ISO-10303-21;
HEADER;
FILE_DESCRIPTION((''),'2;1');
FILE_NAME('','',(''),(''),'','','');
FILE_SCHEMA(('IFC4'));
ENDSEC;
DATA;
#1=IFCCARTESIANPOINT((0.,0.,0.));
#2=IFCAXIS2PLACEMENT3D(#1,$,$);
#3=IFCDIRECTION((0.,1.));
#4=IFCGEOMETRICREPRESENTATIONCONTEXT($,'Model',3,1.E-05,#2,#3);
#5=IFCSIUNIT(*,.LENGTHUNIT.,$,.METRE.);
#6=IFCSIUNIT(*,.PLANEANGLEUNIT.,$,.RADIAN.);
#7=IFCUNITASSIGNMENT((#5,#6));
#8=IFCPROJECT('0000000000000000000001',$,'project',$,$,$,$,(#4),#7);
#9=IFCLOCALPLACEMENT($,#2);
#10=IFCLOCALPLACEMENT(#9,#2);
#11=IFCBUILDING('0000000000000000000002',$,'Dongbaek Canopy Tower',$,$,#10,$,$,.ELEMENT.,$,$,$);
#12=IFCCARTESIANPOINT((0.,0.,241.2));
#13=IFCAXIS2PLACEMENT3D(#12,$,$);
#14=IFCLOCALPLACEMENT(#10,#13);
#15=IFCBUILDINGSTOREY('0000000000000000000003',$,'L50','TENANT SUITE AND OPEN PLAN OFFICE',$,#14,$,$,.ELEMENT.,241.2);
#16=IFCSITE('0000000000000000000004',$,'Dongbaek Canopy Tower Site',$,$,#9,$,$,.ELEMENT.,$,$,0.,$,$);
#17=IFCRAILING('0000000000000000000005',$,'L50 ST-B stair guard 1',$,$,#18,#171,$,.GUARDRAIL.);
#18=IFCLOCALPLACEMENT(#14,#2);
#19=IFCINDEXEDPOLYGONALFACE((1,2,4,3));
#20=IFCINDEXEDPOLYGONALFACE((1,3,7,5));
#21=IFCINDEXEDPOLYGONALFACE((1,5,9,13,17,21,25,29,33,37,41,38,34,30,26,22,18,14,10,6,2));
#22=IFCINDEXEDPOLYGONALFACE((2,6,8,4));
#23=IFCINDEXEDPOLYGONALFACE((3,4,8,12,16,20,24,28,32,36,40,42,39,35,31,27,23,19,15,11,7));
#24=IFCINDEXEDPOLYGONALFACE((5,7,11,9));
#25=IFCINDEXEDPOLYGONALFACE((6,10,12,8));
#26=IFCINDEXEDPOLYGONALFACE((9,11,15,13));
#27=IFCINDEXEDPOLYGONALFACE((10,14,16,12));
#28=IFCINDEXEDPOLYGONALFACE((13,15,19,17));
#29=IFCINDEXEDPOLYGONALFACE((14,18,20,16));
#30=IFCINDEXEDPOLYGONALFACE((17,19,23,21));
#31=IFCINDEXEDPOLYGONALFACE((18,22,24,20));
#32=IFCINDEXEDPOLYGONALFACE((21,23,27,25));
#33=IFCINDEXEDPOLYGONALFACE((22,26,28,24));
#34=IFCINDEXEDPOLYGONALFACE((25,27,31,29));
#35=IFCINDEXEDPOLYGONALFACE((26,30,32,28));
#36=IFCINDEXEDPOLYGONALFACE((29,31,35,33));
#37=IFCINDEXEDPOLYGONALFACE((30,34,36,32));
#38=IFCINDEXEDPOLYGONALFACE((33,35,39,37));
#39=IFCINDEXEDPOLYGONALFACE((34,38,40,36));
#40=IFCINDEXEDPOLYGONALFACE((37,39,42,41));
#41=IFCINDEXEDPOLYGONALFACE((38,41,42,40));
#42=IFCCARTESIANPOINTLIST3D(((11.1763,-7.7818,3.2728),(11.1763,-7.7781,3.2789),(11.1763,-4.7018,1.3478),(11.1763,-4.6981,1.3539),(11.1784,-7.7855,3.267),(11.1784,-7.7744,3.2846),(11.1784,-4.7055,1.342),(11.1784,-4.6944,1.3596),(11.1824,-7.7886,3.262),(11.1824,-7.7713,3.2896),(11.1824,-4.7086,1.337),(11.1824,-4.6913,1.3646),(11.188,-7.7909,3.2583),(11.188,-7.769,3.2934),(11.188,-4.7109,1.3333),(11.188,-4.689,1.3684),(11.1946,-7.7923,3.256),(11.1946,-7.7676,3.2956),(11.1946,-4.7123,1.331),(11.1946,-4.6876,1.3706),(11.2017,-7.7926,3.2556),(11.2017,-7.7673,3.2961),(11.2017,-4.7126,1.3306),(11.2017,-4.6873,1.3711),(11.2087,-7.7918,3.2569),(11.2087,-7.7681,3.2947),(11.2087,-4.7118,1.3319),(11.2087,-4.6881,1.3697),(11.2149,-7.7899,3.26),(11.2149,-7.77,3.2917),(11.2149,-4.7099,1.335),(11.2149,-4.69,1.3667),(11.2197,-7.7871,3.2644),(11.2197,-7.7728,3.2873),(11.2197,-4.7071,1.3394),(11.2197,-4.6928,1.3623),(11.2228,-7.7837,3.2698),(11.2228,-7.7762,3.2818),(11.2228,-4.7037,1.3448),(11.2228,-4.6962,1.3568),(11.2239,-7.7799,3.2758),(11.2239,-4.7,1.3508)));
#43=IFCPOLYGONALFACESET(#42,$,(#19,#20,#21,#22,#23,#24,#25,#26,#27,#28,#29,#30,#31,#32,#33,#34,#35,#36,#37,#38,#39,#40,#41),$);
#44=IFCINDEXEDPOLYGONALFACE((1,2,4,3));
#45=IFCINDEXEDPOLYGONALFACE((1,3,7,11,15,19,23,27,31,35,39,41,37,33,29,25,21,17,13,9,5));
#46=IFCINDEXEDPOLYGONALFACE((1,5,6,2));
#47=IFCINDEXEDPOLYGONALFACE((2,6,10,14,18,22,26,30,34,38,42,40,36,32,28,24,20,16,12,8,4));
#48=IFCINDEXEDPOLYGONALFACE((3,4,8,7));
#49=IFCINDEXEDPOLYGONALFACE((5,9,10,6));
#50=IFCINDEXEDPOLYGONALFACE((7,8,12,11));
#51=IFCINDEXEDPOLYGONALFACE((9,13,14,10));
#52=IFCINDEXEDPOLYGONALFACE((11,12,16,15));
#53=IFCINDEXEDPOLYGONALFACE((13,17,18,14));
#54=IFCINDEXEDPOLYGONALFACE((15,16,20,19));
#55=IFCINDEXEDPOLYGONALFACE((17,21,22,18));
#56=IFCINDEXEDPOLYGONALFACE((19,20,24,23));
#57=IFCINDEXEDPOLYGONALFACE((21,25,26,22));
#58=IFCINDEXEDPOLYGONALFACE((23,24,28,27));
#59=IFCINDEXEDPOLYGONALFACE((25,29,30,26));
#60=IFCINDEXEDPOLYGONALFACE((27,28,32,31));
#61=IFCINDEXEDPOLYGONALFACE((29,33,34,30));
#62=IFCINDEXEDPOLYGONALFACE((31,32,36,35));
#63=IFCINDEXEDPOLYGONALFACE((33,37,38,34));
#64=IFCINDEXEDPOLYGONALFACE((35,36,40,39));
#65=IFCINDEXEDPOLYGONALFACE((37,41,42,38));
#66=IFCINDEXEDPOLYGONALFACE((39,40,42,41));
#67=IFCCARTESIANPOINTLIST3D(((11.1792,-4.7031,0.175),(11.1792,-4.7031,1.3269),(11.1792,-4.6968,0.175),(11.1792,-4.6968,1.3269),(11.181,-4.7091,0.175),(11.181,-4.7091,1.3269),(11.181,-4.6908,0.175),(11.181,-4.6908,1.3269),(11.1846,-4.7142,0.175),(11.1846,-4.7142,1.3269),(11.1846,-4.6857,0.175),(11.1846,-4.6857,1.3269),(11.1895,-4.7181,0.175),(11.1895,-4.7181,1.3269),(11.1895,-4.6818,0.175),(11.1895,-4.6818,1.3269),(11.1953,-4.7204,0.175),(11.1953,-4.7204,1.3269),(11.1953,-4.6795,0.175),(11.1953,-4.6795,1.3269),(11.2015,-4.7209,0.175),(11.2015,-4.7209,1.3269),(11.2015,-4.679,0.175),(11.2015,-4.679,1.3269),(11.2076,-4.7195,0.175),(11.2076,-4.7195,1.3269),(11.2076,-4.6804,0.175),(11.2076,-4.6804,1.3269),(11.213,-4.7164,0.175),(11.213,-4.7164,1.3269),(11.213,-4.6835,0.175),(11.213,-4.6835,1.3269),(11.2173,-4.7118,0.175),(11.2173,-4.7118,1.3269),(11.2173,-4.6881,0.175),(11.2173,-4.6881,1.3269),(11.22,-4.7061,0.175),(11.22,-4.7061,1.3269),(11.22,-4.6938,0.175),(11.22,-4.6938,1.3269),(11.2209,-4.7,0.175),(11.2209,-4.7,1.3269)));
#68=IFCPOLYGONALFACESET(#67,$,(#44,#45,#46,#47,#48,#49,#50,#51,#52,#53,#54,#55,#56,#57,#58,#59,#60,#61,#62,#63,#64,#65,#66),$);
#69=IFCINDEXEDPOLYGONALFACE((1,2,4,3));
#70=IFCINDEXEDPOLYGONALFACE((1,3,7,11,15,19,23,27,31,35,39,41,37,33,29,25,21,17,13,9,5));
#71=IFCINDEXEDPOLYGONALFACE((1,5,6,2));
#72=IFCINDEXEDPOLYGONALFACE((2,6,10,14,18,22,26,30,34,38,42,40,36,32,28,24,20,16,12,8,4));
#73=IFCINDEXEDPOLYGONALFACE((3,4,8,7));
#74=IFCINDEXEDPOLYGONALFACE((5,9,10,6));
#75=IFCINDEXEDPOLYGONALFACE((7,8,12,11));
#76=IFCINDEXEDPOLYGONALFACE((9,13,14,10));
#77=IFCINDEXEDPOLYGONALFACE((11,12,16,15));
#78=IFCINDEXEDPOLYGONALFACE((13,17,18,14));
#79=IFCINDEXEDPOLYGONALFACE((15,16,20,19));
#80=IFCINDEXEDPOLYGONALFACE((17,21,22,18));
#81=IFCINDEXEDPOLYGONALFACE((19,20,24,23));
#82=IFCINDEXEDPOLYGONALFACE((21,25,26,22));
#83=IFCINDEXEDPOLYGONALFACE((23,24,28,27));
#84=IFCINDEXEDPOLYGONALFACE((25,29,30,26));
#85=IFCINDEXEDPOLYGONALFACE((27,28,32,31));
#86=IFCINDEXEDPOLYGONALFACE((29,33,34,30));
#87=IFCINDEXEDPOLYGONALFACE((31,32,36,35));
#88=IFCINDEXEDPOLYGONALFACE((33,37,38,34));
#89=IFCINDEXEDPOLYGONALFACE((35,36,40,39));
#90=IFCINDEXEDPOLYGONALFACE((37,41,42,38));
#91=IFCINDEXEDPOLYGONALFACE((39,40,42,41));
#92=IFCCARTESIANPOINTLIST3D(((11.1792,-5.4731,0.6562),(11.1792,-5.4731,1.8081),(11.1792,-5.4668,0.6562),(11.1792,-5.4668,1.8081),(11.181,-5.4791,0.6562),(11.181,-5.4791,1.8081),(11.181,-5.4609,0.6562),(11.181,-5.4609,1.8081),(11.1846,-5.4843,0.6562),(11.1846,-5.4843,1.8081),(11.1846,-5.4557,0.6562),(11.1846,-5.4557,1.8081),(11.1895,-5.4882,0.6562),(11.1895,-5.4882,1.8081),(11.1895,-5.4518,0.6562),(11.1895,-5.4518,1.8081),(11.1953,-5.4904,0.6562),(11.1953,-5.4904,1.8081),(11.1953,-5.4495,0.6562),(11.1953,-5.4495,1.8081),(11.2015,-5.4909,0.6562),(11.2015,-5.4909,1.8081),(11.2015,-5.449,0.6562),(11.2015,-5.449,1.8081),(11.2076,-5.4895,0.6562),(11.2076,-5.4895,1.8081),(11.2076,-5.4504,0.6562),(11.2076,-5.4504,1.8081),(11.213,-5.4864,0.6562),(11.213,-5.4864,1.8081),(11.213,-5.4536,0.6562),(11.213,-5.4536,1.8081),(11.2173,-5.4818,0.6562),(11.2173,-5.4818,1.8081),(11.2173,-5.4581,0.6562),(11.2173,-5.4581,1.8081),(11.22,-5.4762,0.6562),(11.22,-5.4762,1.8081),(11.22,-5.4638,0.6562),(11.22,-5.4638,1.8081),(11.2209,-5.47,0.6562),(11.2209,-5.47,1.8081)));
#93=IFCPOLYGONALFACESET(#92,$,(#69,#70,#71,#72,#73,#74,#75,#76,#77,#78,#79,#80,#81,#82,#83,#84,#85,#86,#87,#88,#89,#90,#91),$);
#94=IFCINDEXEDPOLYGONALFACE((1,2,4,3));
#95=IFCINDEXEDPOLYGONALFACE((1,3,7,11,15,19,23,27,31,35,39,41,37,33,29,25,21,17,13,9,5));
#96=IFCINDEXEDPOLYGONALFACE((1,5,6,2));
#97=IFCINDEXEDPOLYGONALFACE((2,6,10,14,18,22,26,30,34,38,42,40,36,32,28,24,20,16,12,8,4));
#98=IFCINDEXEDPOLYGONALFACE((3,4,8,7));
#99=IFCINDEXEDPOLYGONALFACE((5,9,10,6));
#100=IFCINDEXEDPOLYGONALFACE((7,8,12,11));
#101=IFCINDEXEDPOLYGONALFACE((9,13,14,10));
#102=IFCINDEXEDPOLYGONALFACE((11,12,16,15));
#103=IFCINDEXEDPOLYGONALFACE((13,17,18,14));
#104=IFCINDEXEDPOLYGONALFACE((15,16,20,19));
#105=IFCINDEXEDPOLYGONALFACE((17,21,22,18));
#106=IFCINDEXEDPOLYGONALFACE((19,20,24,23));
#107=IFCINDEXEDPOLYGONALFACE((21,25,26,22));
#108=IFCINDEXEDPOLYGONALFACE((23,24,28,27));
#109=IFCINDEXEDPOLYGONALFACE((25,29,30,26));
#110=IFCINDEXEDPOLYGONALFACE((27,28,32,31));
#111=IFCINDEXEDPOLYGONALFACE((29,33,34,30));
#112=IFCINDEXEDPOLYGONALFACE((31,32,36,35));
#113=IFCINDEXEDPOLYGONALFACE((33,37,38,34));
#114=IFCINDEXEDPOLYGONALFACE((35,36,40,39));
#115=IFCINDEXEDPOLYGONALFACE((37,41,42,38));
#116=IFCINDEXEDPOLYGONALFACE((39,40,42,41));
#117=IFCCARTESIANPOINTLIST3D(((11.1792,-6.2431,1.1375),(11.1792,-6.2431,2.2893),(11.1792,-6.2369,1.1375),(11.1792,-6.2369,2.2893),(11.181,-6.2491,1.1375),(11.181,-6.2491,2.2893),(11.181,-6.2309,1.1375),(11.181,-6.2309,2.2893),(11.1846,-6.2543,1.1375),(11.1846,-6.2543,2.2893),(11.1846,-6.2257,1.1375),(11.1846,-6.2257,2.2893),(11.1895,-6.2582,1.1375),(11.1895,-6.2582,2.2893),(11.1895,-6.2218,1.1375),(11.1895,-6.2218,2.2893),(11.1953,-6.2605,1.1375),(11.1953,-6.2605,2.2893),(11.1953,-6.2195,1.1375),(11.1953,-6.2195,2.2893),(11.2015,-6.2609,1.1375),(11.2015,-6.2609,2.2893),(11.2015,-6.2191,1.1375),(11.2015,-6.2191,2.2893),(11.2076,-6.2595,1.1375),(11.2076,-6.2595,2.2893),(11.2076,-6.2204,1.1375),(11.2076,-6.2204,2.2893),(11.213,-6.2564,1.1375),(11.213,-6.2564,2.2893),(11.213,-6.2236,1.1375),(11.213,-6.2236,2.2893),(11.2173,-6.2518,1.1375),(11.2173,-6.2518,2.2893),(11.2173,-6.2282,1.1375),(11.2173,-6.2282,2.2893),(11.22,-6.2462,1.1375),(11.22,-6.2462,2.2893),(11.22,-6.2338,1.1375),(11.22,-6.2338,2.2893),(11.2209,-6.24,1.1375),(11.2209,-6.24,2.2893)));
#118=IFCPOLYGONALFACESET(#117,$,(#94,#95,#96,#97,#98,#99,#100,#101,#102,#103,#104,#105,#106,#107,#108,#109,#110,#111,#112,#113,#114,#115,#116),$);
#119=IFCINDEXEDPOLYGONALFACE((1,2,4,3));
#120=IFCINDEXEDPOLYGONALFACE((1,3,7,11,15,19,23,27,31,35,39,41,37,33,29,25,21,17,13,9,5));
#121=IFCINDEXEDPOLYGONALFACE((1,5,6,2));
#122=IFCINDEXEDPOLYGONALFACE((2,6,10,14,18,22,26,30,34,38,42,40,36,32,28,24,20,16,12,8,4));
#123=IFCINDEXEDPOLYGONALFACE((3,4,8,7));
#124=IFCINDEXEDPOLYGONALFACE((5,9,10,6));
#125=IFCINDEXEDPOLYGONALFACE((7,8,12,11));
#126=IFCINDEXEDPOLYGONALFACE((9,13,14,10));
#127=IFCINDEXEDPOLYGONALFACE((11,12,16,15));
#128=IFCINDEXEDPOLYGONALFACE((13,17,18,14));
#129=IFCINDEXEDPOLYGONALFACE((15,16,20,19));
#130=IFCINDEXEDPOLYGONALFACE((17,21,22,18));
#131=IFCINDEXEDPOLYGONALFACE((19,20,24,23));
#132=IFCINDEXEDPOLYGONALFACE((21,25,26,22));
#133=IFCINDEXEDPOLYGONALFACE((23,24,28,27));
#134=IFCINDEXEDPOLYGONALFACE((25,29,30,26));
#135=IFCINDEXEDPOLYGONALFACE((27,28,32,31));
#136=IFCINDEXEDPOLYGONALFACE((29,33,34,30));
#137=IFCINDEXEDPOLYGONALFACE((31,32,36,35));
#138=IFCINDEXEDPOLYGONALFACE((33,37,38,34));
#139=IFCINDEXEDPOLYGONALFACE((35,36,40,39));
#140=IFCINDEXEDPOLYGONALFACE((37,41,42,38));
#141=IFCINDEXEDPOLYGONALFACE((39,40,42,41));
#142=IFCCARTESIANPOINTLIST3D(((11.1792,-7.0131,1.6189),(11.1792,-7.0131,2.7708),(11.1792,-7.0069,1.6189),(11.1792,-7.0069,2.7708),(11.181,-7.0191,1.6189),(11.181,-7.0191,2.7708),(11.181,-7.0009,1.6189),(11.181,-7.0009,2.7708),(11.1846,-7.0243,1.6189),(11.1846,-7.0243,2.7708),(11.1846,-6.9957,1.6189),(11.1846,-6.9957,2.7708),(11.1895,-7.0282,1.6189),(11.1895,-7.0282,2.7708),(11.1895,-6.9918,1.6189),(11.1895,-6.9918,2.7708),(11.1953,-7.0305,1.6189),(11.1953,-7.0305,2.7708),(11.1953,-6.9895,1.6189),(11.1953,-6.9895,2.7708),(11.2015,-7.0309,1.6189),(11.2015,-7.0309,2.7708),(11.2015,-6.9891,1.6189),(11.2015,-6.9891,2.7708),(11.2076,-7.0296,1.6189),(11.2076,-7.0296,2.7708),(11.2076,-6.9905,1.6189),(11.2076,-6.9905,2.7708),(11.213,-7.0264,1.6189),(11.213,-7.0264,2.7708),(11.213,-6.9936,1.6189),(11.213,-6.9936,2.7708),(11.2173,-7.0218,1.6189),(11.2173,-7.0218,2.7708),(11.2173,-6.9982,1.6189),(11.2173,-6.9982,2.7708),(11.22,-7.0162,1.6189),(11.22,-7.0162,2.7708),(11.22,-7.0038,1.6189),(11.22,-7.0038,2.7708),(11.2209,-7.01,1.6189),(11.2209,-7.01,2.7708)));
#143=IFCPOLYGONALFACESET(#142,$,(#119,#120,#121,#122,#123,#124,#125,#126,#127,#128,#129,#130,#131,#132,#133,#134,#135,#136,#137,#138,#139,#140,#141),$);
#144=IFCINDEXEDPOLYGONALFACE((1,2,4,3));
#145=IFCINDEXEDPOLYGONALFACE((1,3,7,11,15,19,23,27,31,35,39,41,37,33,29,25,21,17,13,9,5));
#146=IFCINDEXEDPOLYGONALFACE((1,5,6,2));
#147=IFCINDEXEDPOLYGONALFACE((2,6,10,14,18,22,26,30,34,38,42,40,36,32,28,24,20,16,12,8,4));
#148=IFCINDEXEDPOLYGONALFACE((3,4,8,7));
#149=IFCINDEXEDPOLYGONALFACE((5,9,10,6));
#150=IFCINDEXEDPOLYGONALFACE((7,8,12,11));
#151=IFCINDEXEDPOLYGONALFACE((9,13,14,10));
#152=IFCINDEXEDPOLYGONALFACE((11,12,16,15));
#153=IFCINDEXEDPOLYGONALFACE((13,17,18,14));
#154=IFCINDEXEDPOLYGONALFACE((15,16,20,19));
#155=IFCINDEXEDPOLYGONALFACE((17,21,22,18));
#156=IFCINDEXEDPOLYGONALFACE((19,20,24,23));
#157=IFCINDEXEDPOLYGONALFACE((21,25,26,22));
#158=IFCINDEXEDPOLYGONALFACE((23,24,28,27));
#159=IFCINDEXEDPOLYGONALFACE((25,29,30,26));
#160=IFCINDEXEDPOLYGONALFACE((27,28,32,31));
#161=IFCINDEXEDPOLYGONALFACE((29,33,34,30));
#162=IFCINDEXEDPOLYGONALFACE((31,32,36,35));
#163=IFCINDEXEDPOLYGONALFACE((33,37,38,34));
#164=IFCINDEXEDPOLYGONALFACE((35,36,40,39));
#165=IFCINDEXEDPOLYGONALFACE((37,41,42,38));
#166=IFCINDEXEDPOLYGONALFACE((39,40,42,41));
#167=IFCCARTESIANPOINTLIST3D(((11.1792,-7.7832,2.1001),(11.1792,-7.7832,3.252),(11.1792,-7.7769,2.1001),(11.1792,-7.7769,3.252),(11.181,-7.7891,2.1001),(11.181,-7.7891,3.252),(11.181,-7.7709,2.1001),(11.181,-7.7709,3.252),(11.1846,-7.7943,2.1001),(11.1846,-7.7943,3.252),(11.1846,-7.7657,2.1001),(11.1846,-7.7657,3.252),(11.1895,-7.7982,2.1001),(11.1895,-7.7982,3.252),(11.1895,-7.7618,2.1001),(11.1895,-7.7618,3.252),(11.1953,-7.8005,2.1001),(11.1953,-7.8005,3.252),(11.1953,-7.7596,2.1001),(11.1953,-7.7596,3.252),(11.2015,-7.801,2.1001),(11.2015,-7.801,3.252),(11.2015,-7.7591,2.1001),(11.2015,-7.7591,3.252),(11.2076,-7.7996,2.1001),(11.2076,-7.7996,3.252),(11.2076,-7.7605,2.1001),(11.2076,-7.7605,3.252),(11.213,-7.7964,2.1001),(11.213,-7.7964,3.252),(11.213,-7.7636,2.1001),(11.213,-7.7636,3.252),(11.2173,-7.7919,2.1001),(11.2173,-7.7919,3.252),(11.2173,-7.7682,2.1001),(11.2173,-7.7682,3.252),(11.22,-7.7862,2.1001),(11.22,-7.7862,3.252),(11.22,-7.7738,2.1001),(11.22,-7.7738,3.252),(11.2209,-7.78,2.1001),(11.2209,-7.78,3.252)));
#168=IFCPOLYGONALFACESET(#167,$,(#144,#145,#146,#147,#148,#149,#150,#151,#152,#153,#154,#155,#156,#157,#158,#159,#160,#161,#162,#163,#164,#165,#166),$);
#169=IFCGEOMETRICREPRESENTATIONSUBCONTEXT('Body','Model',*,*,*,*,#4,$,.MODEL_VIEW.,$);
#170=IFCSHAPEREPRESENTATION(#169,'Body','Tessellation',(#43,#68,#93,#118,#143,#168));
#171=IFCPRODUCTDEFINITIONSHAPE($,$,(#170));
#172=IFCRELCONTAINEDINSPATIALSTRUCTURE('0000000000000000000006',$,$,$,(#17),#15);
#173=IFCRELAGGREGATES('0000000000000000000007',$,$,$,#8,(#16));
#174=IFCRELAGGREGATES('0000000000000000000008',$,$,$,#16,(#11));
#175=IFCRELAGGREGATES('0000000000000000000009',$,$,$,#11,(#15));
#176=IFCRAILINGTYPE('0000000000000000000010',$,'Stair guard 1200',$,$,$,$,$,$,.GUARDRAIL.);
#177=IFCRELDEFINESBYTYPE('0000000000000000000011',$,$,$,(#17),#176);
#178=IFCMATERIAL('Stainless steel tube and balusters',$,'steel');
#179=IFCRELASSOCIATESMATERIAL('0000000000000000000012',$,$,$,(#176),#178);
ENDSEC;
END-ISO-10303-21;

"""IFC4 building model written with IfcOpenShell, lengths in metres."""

from ifc_helpers import new_model, si_unit, direction, frame, origin, origin_2d, place, context, subcontext, project, spatial, circle, extrude, material, type_object, element, save


model = new_model("IFC4")

# Units and contexts
model_context = context("Model", 3, precision=1e-05, world=origin(), true_north=direction((0.0, 1.0)))
body_context = subcontext(model_context, "Body", "Model", "MODEL_VIEW")
ifc_project = project(units=[si_unit("LENGTHUNIT", "METRE"), si_unit("PLANEANGLEUNIT", "RADIAN")], contexts=[model_context])

# Site, building, storey
site_placement = place(None, origin())
site = spatial("IfcSite", under=ifc_project, at=site_placement, Name="Dongbaek Canopy Tower Site", CompositionType="ELEMENT", RefElevation=0.0)
building_placement = place(site_placement, origin())
building = spatial("IfcBuilding", under=site, at=building_placement, Name="Dongbaek Canopy Tower", CompositionType="ELEMENT")
storey_placement = place(building_placement, frame((0.0, 0.0, 241.2)))
storey = spatial("IfcBuildingStorey", under=building, at=storey_placement, Name="L50", Description="TENANT SUITE AND OPEN PLAN OFFICE", CompositionType="ELEMENT", Elevation=241.2)

# Railing
ifc_material_1 = material(Name="Stainless steel tube and balusters", Category="steel")
railing_type_1 = type_object("IfcRailingType", Name="Stair guard 1200", PredefinedType="GUARDRAIL", material=ifc_material_1)
railing_1_placement = place(storey_placement, frame((11.2, -4.7, 0.175)))
element("IfcRailing", 1, at=railing_1_placement, inside=storey, type_object=railing_type_1, Name="L50 ST-B stair guard 1", PredefinedType="GUARDRAIL", context=body_context, shape_type="SweptSolid", body=[
    extrude(circle(Radius=0.0239, at=origin_2d()), frame((0.0, 0.0, 1.1758), z_axis=(0.0, -0.847998, 0.529999), x_axis=(1.0, 0.0, 0.0)), (0.0, 0.0, 1.0), 3.6321),
    extrude(circle(Radius=0.021, at=origin_2d()), origin(), (0.0, 0.0, 1.0), 1.1519),
    extrude(circle(Radius=0.021, at=origin_2d()), frame((0.0, -0.77, 0.4812)), (0.0, 0.0, 1.0), 1.1519),
    extrude(circle(Radius=0.021, at=origin_2d()), frame((0.0, -1.54, 0.9624)), (0.0, 0.0, 1.0), 1.1519),
    extrude(circle(Radius=0.021, at=origin_2d()), frame((0.0, -2.3101, 1.4438)), (0.0, 0.0, 1.0), 1.1519),
    extrude(circle(Radius=0.021, at=origin_2d()), frame((0.0, -3.0801, 1.925)), (0.0, 0.0, 1.0), 1.1519),
])

save(model, "model.ifc")
